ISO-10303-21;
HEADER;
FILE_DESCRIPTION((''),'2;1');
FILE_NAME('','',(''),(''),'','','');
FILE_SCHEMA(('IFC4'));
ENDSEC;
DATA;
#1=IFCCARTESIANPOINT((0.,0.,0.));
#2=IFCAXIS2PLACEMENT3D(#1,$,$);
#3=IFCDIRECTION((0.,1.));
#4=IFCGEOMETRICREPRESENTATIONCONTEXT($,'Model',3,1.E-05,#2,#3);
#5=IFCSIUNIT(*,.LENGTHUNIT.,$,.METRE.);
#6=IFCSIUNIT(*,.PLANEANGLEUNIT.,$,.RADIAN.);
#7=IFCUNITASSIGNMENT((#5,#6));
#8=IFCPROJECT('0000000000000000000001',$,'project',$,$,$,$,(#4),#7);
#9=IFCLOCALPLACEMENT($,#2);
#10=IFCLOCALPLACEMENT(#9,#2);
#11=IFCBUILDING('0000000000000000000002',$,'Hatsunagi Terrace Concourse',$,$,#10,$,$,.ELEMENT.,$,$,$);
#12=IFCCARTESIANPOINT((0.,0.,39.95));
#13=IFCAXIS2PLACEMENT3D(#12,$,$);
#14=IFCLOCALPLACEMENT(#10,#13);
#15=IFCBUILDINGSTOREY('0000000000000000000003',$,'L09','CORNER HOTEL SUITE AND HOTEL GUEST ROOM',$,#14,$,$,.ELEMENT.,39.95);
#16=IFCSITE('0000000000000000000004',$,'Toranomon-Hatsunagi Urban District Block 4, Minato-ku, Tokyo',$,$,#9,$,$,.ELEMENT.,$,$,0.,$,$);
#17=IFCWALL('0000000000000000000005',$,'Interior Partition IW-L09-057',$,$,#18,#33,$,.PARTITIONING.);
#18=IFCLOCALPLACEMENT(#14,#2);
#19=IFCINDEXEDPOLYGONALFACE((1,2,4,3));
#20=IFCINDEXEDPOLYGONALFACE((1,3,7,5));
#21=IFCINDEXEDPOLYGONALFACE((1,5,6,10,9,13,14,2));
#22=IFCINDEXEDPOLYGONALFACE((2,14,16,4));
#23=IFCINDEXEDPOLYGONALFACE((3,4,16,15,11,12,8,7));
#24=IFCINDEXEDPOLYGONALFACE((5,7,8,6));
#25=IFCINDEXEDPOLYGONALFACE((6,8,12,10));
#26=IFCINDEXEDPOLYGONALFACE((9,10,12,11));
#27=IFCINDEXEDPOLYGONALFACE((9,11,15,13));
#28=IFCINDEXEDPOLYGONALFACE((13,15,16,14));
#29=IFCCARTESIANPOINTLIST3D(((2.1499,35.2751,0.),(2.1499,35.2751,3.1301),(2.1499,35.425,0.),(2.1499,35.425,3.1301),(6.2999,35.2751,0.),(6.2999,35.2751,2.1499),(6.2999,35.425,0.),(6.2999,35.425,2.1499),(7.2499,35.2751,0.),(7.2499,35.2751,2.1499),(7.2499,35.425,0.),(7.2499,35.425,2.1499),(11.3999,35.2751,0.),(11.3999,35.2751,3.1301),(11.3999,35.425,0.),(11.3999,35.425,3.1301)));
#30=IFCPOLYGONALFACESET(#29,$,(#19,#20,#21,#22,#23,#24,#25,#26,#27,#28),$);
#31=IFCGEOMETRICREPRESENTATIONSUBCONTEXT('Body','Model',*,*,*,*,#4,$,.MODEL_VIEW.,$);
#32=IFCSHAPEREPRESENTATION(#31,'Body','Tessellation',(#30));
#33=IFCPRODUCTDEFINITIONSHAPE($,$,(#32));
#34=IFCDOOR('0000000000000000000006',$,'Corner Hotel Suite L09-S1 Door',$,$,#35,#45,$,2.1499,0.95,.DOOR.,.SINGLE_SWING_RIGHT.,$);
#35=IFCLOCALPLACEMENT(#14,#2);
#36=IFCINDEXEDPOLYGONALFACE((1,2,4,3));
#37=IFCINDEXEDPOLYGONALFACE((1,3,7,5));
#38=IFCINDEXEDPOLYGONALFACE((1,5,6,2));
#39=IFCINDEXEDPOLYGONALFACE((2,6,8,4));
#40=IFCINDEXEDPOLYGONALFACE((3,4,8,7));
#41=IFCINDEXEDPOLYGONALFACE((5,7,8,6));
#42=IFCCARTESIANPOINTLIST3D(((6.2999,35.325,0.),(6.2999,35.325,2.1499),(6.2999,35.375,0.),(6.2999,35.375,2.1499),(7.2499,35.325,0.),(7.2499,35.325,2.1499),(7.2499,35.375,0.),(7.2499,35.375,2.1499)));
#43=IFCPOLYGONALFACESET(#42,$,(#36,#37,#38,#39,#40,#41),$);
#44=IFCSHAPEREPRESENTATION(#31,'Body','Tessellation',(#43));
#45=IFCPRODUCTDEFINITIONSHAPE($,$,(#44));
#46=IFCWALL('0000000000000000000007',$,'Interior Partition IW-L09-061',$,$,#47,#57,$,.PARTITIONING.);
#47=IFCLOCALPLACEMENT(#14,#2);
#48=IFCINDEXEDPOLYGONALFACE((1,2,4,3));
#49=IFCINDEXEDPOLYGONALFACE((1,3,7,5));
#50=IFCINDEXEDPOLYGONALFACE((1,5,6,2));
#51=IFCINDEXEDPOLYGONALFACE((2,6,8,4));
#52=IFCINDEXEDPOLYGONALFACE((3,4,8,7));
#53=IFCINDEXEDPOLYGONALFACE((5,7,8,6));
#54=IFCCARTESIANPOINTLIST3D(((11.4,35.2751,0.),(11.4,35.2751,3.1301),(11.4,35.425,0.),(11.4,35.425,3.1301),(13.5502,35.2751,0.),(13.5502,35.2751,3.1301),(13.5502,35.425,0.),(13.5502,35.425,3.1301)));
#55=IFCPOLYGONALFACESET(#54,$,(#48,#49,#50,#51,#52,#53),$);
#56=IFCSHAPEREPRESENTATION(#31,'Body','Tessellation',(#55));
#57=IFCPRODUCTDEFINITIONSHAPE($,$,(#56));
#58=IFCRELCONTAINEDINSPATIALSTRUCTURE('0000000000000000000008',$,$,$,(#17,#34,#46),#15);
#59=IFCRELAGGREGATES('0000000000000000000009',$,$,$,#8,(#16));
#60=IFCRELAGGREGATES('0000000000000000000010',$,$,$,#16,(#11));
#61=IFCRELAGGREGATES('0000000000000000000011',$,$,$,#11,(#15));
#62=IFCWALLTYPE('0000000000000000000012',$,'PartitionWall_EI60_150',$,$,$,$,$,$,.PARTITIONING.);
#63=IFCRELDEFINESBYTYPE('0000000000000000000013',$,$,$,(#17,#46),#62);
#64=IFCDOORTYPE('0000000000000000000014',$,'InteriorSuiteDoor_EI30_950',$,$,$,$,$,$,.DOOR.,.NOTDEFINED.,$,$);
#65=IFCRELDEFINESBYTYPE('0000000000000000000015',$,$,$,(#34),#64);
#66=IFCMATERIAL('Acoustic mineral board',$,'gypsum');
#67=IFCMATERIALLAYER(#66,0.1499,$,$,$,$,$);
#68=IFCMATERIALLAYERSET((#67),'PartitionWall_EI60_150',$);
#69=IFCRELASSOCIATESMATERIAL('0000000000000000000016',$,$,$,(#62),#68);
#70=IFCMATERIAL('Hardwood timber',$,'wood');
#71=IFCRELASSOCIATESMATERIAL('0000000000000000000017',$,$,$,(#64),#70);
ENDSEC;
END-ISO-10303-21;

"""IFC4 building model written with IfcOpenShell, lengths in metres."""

from ifc_helpers import new_model, si_unit, direction, frame, frame_2d, origin, place, context, subcontext, project, spatial, rectangle, extrude, material, layer, layer_set, type_object, element, fill, save


model = new_model("IFC4")

# Units and contexts
model_context = context("Model", 3, precision=1e-05, world=origin(), true_north=direction((0.0, 1.0)))
body_context = subcontext(model_context, "Body", "Model", "MODEL_VIEW")
ifc_project = project(units=[si_unit("LENGTHUNIT", "METRE"), si_unit("PLANEANGLEUNIT", "RADIAN")], contexts=[model_context])

# Site, building, storey
site_placement = place(None, origin())
site = spatial("IfcSite", under=ifc_project, at=site_placement, Name="Toranomon-Hatsunagi Urban District Block 4, Minato-ku, Tokyo", CompositionType="ELEMENT", RefElevation=0.0)
building_placement = place(site_placement, origin())
building = spatial("IfcBuilding", under=site, at=building_placement, Name="Hatsunagi Terrace Concourse", CompositionType="ELEMENT")
storey_placement = place(building_placement, frame((0.0, 0.0, 39.95)))
storey = spatial("IfcBuildingStorey", under=building, at=storey_placement, Name="L09", Description="CORNER HOTEL SUITE AND HOTEL GUEST ROOM", CompositionType="ELEMENT", Elevation=39.95)

# Shared definitions
ifc_material_1 = material(Name="Acoustic mineral board", Category="gypsum")
ifc_layer_1 = layer(ifc_material_1, 0.1499)
ifc_layer_set_1 = layer_set([ifc_layer_1], Name="PartitionWall_EI60_150")
wall_type_1 = type_object("IfcWallType", Name="PartitionWall_EI60_150", PredefinedType="PARTITIONING", material=ifc_layer_set_1)

# Shared definitions
ifc_material_2 = material(Name="Hardwood timber", Category="wood")
door_type_1 = type_object("IfcDoorType", Name="InteriorSuiteDoor_EI30_950", OperationType="NOTDEFINED", PredefinedType="DOOR", material=ifc_material_2)

# Wall, opening, door
wall_1_placement = place(storey_placement, frame((2.1499, 35.3501, 0.0), z_axis=(0.0, 0.0, 1.0), x_axis=(1.0, 0.0, 0.0)))
wall_1 = element("IfcWall", 1, at=wall_1_placement, inside=storey, type_object=wall_type_1, Name="Interior Partition IW-L09-057", PredefinedType="PARTITIONING", context=body_context, shape_type="SweptSolid", body=[
    extrude(rectangle(XDim=9.25, YDim=0.1499, at=frame_2d((4.625, 0.0))), origin(), (0.0, 0.0, 1.0), 3.1301),
])
opening_1_placement = place(wall_1_placement, frame((4.1499, 0.0, 0.0)))
opening_1 = element("IfcOpeningElement", 2, at=opening_1_placement, cuts=wall_1, PredefinedType="OPENING", context=body_context, shape_type="SweptSolid", body=[
    extrude(rectangle(XDim=0.95, YDim=2.1499, at=frame_2d((0.4751, 1.075))), frame((0.0, 0.085, 0.0), z_axis=(0.0, -1.0, 0.0), x_axis=(1.0, 0.0, 0.0)), (0.0, 0.0, 1.0), 0.1699),
])
door_1_placement = place(opening_1_placement, origin())
door_1 = element("IfcDoor", 3, at=door_1_placement, inside=storey, type_object=door_type_1, Name="Corner Hotel Suite L09-S1 Door", OperationType="SINGLE_SWING_RIGHT", OverallHeight=2.1499, OverallWidth=0.95, PredefinedType="DOOR", context=body_context, shape_type="SweptSolid", body=[
    extrude(rectangle(XDim=0.95, YDim=2.1499, at=frame_2d((0.4751, 1.075))), frame((0.0, 0.0249, 0.0), z_axis=(0.0, -1.0, 0.0), x_axis=(1.0, 0.0, 0.0)), (0.0, 0.0, 1.0), 0.05),
])
fill(opening_1, door_1)

# Wall
wall_2_placement = place(storey_placement, frame((11.3999, 35.3501, 0.0), z_axis=(0.0, 0.0, 1.0), x_axis=(1.0, 0.0, 0.0)))
element("IfcWall", 4, at=wall_2_placement, inside=storey, type_object=wall_type_1, Name="Interior Partition IW-L09-061", PredefinedType="PARTITIONING", context=body_context, shape_type="SweptSolid", body=[
    extrude(rectangle(XDim=2.1501, YDim=0.1499, at=frame_2d((1.0752, 0.0))), origin(), (0.0, 0.0, 1.0), 3.1301),
])

save(model, "model.ifc")
